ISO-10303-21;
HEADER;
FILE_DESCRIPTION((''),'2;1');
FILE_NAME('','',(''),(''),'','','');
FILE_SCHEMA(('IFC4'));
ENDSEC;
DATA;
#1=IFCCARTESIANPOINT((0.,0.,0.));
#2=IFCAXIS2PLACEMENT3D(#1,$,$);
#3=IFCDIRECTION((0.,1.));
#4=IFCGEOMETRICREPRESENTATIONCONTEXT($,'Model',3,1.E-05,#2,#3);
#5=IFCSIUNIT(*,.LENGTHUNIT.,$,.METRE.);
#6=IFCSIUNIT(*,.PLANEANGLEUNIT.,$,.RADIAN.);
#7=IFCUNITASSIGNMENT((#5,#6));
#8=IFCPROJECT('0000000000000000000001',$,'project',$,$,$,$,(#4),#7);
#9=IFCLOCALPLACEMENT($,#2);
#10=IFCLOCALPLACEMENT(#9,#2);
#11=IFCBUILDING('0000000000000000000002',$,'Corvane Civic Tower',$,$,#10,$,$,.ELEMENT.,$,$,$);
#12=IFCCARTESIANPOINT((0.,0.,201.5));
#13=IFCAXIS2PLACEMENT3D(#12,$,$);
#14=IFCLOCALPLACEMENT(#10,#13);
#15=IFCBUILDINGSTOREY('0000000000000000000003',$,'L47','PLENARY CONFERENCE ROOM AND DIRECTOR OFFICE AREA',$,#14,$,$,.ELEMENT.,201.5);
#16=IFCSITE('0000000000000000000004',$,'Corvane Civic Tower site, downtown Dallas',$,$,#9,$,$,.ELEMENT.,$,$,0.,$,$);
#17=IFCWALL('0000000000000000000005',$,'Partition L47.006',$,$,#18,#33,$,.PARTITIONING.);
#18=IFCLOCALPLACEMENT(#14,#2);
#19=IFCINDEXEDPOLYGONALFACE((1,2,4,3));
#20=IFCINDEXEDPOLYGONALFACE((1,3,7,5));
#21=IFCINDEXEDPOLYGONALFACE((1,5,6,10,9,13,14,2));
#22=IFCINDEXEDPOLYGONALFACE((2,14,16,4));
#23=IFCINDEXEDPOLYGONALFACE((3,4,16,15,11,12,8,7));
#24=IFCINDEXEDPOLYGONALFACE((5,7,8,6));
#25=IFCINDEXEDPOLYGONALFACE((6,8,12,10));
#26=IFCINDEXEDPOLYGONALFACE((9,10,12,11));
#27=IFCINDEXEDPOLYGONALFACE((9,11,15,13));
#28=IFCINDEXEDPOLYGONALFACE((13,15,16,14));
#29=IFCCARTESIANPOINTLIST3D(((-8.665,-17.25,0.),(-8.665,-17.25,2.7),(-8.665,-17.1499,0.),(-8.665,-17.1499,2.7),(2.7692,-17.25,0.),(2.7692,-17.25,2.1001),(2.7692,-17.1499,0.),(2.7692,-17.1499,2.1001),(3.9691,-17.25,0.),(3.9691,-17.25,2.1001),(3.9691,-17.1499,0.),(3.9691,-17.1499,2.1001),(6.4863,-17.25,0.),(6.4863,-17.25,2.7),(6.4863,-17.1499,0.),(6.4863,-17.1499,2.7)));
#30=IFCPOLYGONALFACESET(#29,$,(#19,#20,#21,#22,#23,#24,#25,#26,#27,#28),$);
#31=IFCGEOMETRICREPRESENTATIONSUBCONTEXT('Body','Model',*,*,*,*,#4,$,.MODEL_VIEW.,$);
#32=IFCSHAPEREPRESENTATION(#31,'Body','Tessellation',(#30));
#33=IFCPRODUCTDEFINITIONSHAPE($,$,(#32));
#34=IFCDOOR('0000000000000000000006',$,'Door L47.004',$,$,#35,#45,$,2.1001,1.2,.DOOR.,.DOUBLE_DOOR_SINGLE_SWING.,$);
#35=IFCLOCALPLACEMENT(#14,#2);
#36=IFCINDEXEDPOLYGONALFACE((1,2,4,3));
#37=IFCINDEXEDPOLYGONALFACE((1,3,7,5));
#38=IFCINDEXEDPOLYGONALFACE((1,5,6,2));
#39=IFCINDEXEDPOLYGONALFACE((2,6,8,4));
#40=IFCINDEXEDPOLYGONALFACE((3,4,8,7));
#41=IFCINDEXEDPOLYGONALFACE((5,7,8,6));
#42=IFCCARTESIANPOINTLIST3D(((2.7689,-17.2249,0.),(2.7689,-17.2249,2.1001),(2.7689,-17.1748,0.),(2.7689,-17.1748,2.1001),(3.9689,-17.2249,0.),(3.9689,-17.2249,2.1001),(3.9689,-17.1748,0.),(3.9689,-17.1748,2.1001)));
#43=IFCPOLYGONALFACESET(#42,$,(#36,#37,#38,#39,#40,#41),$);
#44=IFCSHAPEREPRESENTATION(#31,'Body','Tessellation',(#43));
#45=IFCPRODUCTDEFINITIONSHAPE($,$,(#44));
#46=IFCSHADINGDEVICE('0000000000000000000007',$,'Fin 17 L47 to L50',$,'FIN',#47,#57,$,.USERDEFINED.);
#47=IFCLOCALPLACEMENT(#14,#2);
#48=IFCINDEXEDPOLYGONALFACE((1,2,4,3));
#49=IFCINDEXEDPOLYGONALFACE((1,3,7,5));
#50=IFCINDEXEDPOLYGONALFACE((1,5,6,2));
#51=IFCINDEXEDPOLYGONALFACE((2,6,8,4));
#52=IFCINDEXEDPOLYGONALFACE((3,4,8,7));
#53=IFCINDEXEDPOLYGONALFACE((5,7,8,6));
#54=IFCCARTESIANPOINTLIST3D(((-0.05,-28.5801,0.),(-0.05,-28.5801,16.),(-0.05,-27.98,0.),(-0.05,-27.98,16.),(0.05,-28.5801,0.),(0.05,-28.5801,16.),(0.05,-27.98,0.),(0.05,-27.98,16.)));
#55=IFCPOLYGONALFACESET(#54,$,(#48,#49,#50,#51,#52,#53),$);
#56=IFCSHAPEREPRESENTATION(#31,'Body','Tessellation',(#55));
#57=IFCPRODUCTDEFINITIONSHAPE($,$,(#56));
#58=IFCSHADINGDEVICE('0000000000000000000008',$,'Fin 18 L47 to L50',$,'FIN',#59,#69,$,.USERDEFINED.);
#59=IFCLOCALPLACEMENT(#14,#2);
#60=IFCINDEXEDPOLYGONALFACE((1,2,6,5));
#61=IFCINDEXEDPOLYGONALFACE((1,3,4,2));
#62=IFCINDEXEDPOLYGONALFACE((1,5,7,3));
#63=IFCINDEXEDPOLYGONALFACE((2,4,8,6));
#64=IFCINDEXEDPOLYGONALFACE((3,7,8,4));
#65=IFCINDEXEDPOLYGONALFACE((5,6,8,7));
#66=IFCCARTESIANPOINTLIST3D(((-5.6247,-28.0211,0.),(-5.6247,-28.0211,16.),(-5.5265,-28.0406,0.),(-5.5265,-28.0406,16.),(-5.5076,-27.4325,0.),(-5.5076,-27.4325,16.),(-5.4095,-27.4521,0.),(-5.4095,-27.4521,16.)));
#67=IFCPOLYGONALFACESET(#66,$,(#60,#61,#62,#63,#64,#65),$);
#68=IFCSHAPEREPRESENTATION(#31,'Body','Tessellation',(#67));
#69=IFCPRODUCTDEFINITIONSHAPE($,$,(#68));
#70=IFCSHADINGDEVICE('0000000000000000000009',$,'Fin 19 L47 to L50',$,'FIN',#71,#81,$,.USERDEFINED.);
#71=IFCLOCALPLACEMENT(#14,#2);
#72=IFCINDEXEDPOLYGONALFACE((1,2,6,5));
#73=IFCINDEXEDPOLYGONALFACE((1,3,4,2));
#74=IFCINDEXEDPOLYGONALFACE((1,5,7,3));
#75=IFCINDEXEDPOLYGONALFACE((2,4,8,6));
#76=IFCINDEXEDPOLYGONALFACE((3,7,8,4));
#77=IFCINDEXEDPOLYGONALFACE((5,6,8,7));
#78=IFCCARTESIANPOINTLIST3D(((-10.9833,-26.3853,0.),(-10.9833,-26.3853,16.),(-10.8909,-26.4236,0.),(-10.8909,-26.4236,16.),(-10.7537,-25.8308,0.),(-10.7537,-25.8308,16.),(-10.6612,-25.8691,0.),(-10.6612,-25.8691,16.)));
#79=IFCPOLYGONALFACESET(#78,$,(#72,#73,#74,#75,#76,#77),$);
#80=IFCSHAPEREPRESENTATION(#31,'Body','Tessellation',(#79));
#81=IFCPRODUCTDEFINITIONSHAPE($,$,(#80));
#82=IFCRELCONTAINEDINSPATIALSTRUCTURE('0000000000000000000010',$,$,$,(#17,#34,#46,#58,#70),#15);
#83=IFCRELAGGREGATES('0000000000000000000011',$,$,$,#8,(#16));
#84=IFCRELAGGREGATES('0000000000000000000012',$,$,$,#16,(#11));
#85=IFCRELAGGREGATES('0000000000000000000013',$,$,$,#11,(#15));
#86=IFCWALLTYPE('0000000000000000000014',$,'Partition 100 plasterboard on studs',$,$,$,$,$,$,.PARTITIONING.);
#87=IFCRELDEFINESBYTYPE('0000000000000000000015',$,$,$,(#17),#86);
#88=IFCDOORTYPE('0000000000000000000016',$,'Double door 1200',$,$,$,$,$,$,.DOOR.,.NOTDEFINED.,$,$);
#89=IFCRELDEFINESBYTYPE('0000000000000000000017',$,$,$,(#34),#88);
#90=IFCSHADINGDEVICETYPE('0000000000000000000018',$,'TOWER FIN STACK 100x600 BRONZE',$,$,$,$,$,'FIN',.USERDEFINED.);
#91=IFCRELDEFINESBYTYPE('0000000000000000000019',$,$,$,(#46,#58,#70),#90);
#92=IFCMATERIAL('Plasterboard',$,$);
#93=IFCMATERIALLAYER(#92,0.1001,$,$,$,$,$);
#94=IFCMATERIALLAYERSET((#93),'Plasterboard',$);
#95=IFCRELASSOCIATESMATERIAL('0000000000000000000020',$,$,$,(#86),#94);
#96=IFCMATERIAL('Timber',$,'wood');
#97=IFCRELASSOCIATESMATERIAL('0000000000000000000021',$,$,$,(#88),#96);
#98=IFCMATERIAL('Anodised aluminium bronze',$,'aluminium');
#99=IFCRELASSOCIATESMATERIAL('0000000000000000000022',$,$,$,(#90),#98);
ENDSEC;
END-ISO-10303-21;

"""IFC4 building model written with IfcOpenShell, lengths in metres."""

from ifc_helpers import new_model, si_unit, direction, frame, frame_2d, origin, origin_2d, place, context, subcontext, project, spatial, rectangle, extrude, material, layer, layer_set, material_profile, profile_set, type_object, element, fill, save


model = new_model("IFC4")

# Units and contexts
model_context = context("Model", 3, precision=1e-05, world=origin(), true_north=direction((0.0, 1.0)))
body_context = subcontext(model_context, "Body", "Model", "MODEL_VIEW")
ifc_project = project(units=[si_unit("LENGTHUNIT", "METRE"), si_unit("PLANEANGLEUNIT", "RADIAN")], contexts=[model_context])

# Site, building, storey
site_placement = place(None, origin())
site = spatial("IfcSite", under=ifc_project, at=site_placement, Name="Corvane Civic Tower site, downtown Dallas", CompositionType="ELEMENT", RefElevation=0.0)
building_placement = place(site_placement, origin())
building = spatial("IfcBuilding", under=site, at=building_placement, Name="Corvane Civic Tower", CompositionType="ELEMENT")
storey_placement = place(building_placement, frame((0.0, 0.0, 201.5)))
storey = spatial("IfcBuildingStorey", under=building, at=storey_placement, Name="L47", Description="PLENARY CONFERENCE ROOM AND DIRECTOR OFFICE AREA", CompositionType="ELEMENT", Elevation=201.5)

# Shared definitions
ifc_material_1 = material(Name="Plasterboard")
ifc_layer_1 = layer(ifc_material_1, 0.1001)
ifc_layer_set_1 = layer_set([ifc_layer_1], Name="Plasterboard")
wall_type = type_object("IfcWallType", Name="Partition 100 plasterboard on studs", PredefinedType="PARTITIONING", material=ifc_layer_set_1)

# Wall, opening, door
wall_1_placement = place(storey_placement, frame((-8.665, -17.2, 0.0), z_axis=(0.0, 0.0, 1.0), x_axis=(1.0, 0.0, 0.0)))
wall_1 = element("IfcWall", 1, at=wall_1_placement, inside=storey, type_object=wall_type, Name="Partition L47.006", PredefinedType="PARTITIONING", context=body_context, shape_type="SweptSolid", body=[
    extrude(rectangle(XDim=15.1514, YDim=0.1001, at=frame_2d((7.5757, 0.0))), origin(), (0.0, 0.0, 1.0), 2.7),
])
opening_1_placement = place(wall_1_placement, frame((11.4341, 0.0, 0.0)))
opening_1 = element("IfcOpeningElement", 2, at=opening_1_placement, cuts=wall_1, PredefinedType="OPENING", context=body_context, shape_type="SweptSolid", body=[
    extrude(rectangle(XDim=1.2, YDim=2.1001, at=frame_2d((0.6001, 1.05))), frame((0.0, 0.0601, 0.0), z_axis=(0.0, -1.0, 0.0), x_axis=(1.0, 0.0, 0.0)), (0.0, 0.0, 1.0), 0.1201),
])
ifc_material_2 = material(Name="Timber", Category="wood")
door_type_1 = type_object("IfcDoorType", Name="Double door 1200", OperationType="NOTDEFINED", PredefinedType="DOOR", material=ifc_material_2)
door_1_placement = place(opening_1_placement, frame((1.2, 0.0, 0.0), z_axis=(0.0, 0.0, 1.0), x_axis=(-1.0, 0.0, 0.0)))
door_1 = element("IfcDoor", 3, at=door_1_placement, inside=storey, type_object=door_type_1, Name="Door L47.004", OperationType="DOUBLE_DOOR_SINGLE_SWING", OverallHeight=2.1001, OverallWidth=1.2, PredefinedType="DOOR", context=body_context, shape_type="SweptSolid", body=[
    extrude(rectangle(XDim=1.2, YDim=2.1001, at=frame_2d((0.6001, 1.05))), frame((0.0, 0.0249, 0.0), z_axis=(0.0, -1.0, 0.0), x_axis=(1.0, 0.0, 0.0)), (0.0, 0.0, 1.0), 0.05),
])
fill(opening_1, door_1)

# Shading devices
ifc_material_3 = material(Name="Anodised aluminium bronze", Category="aluminium")
ifc_material_profile_1 = material_profile(ifc_material_3, rectangle(XDim=0.1001, YDim=0.6001, at=origin_2d()), Name="TOWER FIN STACK 100x600 BRONZE")
ifc_profile_set_1 = profile_set([ifc_material_profile_1], Name="Anodised aluminium bronze")
shading_device_type = type_object("IfcShadingDeviceType", Name="TOWER FIN STACK 100x600 BRONZE", ElementType="FIN", PredefinedType="USERDEFINED", material=ifc_profile_set_1)
for number, where, z_axis, x_axis, name in (
    (4, (0.0, -28.28, 0.0), (0.0, 0.0, 1.0), (-1.0, 0.0, 0.0), "Fin 17 L47 to L50"),
    (5, (-5.5171, -27.7366, 0.0), (0.0, 0.0, 1.0), (-0.980785, 0.19509, 0.0), "Fin 18 L47 to L50"),
    (6, (-10.8223, -26.1272, 0.0), (0.0, 0.0, 1.0), (-0.92388, 0.382683, 0.0), "Fin 19 L47 to L50"),
):
    element("IfcShadingDevice", number, at=place(storey_placement, frame(where, z_axis=z_axis, x_axis=x_axis)), inside=storey, type_object=shading_device_type, Name=name, ObjectType="FIN", PredefinedType="USERDEFINED", context=body_context, shape_type="SweptSolid", body=[
        extrude(rectangle(XDim=0.1001, YDim=0.6001, at=origin_2d()), origin(), (0.0, 0.0, 1.0), 16.0),
    ])

save(model, "model.ifc")
